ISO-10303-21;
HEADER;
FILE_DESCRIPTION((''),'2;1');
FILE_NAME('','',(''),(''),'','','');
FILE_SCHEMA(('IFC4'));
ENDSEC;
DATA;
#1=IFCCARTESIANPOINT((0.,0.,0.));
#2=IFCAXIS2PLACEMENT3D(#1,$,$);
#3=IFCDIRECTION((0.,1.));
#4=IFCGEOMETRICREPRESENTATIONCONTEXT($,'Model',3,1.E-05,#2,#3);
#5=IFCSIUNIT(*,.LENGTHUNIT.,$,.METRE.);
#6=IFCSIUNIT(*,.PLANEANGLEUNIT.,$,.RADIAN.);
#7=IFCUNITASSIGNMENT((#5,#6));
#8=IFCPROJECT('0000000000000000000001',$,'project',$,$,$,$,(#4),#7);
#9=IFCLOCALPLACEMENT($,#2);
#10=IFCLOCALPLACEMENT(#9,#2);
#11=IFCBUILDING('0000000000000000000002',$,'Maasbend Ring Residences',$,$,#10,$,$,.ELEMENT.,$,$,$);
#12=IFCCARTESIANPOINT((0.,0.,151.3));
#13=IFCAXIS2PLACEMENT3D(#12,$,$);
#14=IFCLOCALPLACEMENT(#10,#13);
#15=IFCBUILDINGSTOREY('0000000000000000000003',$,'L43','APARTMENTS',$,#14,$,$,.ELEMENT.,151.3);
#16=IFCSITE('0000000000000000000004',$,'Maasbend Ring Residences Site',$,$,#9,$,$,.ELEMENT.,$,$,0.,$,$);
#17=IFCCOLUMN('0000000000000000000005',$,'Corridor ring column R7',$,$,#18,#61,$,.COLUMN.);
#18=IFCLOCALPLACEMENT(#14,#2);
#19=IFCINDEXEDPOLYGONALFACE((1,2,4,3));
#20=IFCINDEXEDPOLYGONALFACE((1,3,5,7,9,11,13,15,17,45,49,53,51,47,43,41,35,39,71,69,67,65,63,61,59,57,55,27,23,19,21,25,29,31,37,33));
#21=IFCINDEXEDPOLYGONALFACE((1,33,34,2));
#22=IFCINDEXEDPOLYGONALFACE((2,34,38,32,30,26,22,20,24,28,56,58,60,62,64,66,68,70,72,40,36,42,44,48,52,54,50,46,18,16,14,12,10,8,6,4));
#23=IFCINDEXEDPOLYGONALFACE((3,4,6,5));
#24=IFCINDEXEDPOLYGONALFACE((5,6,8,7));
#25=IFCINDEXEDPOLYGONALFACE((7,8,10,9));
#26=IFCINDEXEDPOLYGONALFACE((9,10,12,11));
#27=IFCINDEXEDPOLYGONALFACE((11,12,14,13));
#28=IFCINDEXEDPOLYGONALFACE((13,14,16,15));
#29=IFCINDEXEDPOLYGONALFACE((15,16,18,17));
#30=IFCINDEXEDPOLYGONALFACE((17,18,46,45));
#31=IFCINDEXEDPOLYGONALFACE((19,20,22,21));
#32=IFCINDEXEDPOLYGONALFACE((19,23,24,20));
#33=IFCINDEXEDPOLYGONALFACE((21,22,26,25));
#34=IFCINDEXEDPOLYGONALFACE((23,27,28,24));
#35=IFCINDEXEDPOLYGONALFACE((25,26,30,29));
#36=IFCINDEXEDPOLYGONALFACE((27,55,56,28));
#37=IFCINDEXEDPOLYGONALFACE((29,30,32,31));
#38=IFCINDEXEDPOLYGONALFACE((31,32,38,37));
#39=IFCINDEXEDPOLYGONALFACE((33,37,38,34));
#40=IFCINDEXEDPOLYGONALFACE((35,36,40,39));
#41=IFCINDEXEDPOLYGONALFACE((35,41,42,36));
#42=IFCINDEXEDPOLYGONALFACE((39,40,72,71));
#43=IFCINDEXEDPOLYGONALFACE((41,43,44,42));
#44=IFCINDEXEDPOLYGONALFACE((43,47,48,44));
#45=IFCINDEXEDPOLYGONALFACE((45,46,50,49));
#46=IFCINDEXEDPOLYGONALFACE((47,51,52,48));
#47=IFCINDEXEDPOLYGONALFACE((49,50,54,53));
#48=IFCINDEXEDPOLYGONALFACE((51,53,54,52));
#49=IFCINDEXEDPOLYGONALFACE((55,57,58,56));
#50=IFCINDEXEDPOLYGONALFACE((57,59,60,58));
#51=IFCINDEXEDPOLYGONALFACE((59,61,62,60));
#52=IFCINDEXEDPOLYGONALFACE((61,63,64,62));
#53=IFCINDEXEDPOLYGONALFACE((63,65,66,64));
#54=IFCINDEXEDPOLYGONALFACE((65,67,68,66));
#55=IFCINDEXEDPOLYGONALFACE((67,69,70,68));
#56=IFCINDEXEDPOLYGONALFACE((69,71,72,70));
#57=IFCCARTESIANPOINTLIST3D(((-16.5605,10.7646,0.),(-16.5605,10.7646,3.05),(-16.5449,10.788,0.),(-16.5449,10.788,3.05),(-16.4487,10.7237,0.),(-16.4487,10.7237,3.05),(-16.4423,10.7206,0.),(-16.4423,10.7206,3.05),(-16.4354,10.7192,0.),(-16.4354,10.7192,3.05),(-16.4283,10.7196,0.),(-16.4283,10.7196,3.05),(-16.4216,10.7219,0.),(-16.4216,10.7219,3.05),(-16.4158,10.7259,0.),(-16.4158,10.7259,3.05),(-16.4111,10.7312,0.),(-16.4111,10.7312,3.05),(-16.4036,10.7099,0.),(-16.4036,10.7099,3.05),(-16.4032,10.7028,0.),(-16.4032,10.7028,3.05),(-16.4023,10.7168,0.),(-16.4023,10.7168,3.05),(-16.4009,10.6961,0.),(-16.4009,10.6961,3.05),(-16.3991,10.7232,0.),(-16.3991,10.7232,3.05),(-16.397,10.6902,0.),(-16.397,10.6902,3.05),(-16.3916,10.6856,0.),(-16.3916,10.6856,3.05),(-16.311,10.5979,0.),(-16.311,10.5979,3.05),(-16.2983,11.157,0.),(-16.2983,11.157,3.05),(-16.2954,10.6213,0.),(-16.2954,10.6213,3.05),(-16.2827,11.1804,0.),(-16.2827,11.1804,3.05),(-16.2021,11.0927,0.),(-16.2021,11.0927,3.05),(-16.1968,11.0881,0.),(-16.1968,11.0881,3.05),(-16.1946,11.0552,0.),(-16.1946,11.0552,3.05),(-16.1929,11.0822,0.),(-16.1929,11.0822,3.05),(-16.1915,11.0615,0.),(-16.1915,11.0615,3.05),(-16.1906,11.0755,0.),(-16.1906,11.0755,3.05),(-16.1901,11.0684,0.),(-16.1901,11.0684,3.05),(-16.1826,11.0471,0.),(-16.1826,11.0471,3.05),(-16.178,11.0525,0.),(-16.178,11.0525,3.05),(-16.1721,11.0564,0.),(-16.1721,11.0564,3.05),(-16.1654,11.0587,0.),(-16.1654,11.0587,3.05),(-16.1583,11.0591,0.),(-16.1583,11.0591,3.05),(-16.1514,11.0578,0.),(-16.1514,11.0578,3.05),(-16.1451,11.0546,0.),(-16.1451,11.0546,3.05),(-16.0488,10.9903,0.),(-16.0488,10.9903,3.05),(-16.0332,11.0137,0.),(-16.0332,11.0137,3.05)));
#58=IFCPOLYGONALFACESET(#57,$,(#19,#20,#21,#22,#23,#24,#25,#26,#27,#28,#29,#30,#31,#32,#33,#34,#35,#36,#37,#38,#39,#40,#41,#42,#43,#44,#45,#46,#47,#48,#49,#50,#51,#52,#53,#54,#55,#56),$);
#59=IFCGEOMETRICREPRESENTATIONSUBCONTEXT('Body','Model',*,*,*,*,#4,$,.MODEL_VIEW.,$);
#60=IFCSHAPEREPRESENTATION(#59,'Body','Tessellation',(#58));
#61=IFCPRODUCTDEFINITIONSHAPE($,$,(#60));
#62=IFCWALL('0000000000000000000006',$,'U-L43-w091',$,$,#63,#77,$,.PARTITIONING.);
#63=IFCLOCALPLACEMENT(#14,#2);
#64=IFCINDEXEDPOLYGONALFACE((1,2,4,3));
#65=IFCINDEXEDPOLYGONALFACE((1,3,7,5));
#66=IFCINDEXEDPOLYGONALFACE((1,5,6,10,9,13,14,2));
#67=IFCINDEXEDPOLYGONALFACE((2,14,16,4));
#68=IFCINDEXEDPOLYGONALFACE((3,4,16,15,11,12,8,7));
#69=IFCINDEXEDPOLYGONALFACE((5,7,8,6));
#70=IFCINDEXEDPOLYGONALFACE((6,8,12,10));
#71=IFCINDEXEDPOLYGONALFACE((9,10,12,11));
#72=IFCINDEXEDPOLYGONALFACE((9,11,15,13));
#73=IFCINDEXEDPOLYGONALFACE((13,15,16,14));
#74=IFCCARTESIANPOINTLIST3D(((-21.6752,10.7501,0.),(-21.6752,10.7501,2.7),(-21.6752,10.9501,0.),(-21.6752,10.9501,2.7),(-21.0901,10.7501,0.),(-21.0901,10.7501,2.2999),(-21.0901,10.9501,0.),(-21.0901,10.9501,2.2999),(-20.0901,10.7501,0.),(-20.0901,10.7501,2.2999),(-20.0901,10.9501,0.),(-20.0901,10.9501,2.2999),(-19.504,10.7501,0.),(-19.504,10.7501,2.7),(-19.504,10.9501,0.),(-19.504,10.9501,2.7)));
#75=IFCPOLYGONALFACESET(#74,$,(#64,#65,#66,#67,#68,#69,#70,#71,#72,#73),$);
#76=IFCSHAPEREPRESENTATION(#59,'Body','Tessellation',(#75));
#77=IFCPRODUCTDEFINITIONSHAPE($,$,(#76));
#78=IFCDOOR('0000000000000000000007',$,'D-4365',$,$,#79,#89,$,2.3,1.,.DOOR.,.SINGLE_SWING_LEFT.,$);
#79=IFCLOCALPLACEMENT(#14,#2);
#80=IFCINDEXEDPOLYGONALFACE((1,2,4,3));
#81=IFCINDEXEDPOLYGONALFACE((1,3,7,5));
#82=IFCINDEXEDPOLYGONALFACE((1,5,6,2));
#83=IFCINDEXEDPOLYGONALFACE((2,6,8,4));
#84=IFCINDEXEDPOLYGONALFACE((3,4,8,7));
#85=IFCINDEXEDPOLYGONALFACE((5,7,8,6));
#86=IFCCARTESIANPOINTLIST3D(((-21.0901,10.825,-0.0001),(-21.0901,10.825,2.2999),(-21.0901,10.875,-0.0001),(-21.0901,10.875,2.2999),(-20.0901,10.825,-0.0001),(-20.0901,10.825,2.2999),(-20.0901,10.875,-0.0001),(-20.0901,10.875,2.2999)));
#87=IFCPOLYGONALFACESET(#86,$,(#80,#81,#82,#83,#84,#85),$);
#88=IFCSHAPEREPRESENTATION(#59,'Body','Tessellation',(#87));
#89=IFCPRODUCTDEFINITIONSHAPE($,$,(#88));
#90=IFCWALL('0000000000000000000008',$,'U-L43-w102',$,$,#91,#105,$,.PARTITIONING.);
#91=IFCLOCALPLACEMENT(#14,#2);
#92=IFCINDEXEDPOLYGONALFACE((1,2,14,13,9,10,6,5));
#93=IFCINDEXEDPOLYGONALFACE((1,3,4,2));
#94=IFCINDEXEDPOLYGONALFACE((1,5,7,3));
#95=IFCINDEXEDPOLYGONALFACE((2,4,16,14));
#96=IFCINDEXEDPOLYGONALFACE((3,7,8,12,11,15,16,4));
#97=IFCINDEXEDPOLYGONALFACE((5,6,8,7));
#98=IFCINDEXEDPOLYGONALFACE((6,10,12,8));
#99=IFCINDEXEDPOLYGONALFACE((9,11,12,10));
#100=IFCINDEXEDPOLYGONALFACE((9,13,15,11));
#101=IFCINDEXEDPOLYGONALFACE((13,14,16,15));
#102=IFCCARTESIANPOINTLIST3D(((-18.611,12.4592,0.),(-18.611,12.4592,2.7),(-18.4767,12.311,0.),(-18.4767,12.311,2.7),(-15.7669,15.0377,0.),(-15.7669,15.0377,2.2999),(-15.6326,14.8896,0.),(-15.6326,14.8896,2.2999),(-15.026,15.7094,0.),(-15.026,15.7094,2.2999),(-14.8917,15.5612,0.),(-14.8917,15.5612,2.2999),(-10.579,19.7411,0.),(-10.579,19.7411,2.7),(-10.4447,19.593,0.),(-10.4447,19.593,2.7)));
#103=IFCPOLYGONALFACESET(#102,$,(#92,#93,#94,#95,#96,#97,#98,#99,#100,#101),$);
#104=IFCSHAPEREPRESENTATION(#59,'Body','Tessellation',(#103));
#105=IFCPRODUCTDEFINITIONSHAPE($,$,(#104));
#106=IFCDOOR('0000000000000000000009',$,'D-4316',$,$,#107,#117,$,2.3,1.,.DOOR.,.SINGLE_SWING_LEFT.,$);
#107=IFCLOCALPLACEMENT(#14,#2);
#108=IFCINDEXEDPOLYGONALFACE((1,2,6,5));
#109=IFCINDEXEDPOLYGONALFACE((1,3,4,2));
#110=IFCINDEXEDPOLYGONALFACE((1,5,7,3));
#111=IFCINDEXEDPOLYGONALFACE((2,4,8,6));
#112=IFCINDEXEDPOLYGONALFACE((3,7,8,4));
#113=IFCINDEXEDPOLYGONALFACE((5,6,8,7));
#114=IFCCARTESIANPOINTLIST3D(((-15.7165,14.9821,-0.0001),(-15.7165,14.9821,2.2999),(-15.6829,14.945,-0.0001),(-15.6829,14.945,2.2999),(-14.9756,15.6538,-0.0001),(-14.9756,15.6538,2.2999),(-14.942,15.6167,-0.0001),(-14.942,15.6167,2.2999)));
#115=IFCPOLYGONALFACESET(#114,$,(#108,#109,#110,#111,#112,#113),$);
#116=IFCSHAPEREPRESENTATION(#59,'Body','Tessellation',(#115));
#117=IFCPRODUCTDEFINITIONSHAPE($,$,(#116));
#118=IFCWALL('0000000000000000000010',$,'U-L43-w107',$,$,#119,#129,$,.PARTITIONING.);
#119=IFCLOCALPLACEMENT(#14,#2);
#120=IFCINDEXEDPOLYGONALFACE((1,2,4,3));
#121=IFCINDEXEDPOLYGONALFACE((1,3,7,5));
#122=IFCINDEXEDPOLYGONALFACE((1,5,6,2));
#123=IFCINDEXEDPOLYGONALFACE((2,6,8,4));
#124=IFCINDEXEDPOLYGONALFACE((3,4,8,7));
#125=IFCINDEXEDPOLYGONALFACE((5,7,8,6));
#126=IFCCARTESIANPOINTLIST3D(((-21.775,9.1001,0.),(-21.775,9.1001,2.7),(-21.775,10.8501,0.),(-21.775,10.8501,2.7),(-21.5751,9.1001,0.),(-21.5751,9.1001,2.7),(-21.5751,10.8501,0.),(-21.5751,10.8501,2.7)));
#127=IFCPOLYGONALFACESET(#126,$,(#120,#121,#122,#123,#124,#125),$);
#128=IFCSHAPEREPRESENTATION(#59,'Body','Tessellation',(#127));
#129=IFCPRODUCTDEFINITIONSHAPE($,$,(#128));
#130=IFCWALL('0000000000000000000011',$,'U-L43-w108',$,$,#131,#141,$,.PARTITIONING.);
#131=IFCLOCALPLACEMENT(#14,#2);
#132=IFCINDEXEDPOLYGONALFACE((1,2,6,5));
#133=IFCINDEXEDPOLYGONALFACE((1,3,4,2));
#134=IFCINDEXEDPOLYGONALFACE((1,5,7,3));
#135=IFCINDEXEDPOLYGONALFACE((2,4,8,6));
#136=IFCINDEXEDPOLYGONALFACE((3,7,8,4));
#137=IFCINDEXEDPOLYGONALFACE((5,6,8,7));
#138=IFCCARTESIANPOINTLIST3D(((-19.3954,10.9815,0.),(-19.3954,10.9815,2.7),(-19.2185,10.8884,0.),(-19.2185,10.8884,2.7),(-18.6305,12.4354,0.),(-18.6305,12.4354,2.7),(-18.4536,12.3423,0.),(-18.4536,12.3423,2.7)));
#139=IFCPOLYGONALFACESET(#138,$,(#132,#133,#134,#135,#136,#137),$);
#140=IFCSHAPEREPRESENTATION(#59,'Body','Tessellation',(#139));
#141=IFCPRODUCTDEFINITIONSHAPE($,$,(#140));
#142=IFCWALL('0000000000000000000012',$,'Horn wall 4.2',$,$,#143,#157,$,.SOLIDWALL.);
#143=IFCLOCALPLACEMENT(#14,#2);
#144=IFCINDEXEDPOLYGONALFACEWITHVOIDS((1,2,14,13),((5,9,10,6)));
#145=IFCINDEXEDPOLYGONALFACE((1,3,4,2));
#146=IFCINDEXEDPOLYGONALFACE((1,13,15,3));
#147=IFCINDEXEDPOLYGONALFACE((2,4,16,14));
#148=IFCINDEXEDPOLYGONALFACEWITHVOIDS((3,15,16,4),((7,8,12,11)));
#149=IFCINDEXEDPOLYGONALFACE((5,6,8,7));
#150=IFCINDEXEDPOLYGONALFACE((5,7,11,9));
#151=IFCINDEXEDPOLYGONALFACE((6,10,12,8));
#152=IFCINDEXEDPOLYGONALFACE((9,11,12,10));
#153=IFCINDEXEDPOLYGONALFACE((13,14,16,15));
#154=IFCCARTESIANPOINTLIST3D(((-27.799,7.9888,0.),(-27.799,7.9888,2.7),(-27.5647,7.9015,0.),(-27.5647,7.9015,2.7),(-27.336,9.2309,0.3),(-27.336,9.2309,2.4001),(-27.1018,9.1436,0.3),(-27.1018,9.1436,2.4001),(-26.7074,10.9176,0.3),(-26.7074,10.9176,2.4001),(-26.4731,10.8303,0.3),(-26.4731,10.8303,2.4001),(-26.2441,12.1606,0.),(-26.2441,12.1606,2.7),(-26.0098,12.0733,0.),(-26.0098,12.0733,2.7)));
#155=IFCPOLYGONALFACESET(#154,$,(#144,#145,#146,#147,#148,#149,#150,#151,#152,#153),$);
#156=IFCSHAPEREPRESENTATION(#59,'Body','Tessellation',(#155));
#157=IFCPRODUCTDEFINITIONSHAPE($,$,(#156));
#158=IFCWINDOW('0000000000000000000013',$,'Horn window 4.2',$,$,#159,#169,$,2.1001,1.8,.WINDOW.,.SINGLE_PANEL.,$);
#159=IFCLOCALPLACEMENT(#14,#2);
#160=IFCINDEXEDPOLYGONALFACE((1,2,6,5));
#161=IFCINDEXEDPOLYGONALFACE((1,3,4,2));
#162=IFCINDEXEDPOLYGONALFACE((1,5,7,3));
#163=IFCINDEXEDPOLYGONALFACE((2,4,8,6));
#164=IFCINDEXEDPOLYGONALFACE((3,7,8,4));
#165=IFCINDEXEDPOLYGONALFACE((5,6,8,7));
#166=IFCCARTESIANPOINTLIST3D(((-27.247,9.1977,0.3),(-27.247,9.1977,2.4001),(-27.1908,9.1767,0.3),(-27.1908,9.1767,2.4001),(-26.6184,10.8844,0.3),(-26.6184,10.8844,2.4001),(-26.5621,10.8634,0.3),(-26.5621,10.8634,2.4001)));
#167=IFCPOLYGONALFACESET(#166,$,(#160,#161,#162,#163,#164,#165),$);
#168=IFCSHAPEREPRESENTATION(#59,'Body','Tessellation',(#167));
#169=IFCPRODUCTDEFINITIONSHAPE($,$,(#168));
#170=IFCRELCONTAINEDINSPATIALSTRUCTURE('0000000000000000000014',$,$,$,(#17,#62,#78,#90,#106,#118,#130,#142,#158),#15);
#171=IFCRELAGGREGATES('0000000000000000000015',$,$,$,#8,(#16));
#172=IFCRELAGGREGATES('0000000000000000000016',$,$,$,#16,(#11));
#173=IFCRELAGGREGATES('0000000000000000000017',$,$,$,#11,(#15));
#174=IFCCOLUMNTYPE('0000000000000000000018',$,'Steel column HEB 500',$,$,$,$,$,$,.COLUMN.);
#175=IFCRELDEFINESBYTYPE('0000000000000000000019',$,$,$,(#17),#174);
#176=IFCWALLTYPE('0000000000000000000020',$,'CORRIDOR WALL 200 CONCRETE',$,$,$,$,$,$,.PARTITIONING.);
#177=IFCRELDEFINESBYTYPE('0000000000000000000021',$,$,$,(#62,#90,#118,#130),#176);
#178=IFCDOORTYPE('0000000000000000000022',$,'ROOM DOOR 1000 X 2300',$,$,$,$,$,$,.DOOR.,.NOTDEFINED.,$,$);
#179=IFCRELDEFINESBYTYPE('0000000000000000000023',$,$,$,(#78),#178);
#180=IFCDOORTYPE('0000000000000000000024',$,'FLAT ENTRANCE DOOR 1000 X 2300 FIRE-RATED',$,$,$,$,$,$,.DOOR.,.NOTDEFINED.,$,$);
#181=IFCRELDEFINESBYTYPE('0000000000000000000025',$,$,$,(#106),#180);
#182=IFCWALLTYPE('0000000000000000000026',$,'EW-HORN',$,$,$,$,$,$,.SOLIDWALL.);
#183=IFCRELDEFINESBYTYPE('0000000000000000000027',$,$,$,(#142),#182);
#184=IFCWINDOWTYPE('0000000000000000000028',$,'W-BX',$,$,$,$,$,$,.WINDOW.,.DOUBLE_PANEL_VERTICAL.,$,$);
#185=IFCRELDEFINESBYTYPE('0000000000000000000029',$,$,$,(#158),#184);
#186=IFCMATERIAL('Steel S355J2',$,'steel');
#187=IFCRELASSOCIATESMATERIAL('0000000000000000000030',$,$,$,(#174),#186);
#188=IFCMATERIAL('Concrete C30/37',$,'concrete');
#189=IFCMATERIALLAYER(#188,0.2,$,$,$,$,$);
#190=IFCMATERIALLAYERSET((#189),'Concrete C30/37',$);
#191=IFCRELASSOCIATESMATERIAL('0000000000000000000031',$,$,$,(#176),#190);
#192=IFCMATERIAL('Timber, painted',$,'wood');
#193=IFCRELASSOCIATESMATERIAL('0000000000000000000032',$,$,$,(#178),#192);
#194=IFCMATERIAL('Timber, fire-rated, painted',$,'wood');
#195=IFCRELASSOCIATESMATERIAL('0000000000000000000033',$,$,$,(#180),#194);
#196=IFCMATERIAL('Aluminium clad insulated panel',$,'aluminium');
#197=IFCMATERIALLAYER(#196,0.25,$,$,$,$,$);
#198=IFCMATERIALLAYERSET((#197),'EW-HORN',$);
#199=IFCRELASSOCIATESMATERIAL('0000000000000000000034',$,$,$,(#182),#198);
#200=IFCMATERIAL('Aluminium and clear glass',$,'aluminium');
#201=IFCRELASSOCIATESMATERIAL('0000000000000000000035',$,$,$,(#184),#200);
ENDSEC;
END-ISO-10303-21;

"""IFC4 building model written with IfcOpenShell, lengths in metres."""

from ifc_helpers import new_model, si_unit, direction, frame, frame_2d, origin, origin_2d, place, context, subcontext, project, spatial, rectangle, i_section, extrude, material, layer, layer_set, material_profile, profile_set, type_object, element, fill, save


model = new_model("IFC4")

# Units and contexts
model_context = context("Model", 3, precision=1e-05, world=origin(), true_north=direction((0.0, 1.0)))
body_context = subcontext(model_context, "Body", "Model", "MODEL_VIEW")
ifc_project = project(units=[si_unit("LENGTHUNIT", "METRE"), si_unit("PLANEANGLEUNIT", "RADIAN")], contexts=[model_context])

# Site, building, storey
site_placement = place(None, origin())
site = spatial("IfcSite", under=ifc_project, at=site_placement, Name="Maasbend Ring Residences Site", CompositionType="ELEMENT", RefElevation=0.0)
building_placement = place(site_placement, origin())
building = spatial("IfcBuilding", under=site, at=building_placement, Name="Maasbend Ring Residences", CompositionType="ELEMENT")
storey_placement = place(building_placement, frame((0.0, 0.0, 151.3)))
storey = spatial("IfcBuildingStorey", under=building, at=storey_placement, Name="L43", Description="APARTMENTS", CompositionType="ELEMENT", Elevation=151.3)

# Column
ifc_material_1 = material(Name="Steel S355J2", Category="steel")
ifc_material_profile = material_profile(ifc_material_1, i_section(OverallWidth=0.3, OverallDepth=0.5, WebThickness=0.0144, FlangeThickness=0.0281, FilletRadius=0.0271, at=origin_2d()), Name="HEB 500")
ifc_profile_set = profile_set([ifc_material_profile], Name="Steel S355J2")
column_type = type_object("IfcColumnType", Name="Steel column HEB 500", PredefinedType="COLUMN", material=ifc_profile_set)
column_placement = place(storey_placement, frame((-16.2969, 10.8892, 0.0), z_axis=(0.0, 0.0, 1.0), x_axis=(-0.83147, 0.55557, 0.0)))
element("IfcColumn", 1, at=column_placement, inside=storey, type_object=column_type, Name="Corridor ring column R7", PredefinedType="COLUMN", context=body_context, shape_type="SweptSolid", body=[
    extrude(i_section(OverallWidth=0.3, OverallDepth=0.5, WebThickness=0.0144, FlangeThickness=0.0281, FilletRadius=0.0271, at=origin_2d()), origin(), (0.0, 0.0, 1.0), 3.05),
])

# Walls, openings, doors
ifc_material_2 = material(Name="Concrete C30/37", Category="concrete")
ifc_layer_1 = layer(ifc_material_2, 0.2)
ifc_layer_set_1 = layer_set([ifc_layer_1], Name="Concrete C30/37")
wall_type_1 = type_object("IfcWallType", Name="CORRIDOR WALL 200 CONCRETE", PredefinedType="PARTITIONING", material=ifc_layer_set_1)
wall_1_placement = place(storey_placement, frame((-21.675, 10.8501, 0.0), z_axis=(0.0, 0.0, 1.0), x_axis=(1.0, 0.0, 0.0)))
wall_1 = element("IfcWall", 2, at=wall_1_placement, inside=storey, type_object=wall_type_1, Name="U-L43-w091", PredefinedType="PARTITIONING", context=body_context, shape_type="SweptSolid", body=[
    extrude(rectangle(XDim=2.1711, YDim=0.2, at=frame_2d((1.0854, 0.0))), origin(), (0.0, 0.0, 1.0), 2.7),
])
opening_1_placement = place(wall_1_placement, frame((0.585, 0.0, 0.0)))
opening_1 = element("IfcOpeningElement", 3, at=opening_1_placement, cuts=wall_1, PredefinedType="OPENING", context=body_context, shape_type="SweptSolid", body=[
    extrude(rectangle(XDim=1.0, YDim=2.3, at=frame_2d((0.5, 1.1499))), frame((0.0, 0.1099, 0.0), z_axis=(0.0, -1.0, 0.0), x_axis=(1.0, 0.0, 0.0)), (0.0, 0.0, 1.0), 0.22),
])
ifc_material_3 = material(Name="Timber, painted", Category="wood")
door_type_1 = type_object("IfcDoorType", Name="ROOM DOOR 1000 X 2300", OperationType="NOTDEFINED", PredefinedType="DOOR", material=ifc_material_3)
door_1_placement = place(opening_1_placement, origin())
door_1 = element("IfcDoor", 4, at=door_1_placement, inside=storey, type_object=door_type_1, Name="D-4365", OperationType="SINGLE_SWING_LEFT", OverallHeight=2.3, OverallWidth=1.0, PredefinedType="DOOR", context=body_context, shape_type="SweptSolid", body=[
    extrude(rectangle(XDim=1.0, YDim=2.3, at=frame_2d((0.5, 1.1499))), frame((0.0, 0.0249, 0.0), z_axis=(0.0, -1.0, 0.0), x_axis=(1.0, 0.0, 0.0)), (0.0, 0.0, 1.0), 0.05),
])
fill(opening_1, door_1)
wall_2_placement = place(storey_placement, frame((-18.5439, 12.385, 0.0), z_axis=(0.0, 0.0, 1.0), x_axis=(0.740849, 0.671671, 0.0)))
wall_2 = element("IfcWall", 5, at=wall_2_placement, inside=storey, type_object=wall_type_1, Name="U-L43-w102", PredefinedType="PARTITIONING", context=body_context, shape_type="SweptSolid", body=[
    extrude(rectangle(XDim=10.8416, YDim=0.2, at=frame_2d((5.4209, 0.0))), origin(), (0.0, 0.0, 1.0), 2.7),
])
opening_2_placement = place(wall_2_placement, frame((3.8391, 0.0, 0.0)))
opening_2 = element("IfcOpeningElement", 6, at=opening_2_placement, cuts=wall_2, PredefinedType="OPENING", context=body_context, shape_type="SweptSolid", body=[
    extrude(rectangle(XDim=1.0, YDim=2.3, at=frame_2d((0.5, 1.1499))), frame((0.0, 0.1099, 0.0), z_axis=(0.0, -1.0, 0.0), x_axis=(1.0, 0.0, 0.0)), (0.0, 0.0, 1.0), 0.22),
])
ifc_material_4 = material(Name="Timber, fire-rated, painted", Category="wood")
door_type_2 = type_object("IfcDoorType", Name="FLAT ENTRANCE DOOR 1000 X 2300 FIRE-RATED", OperationType="NOTDEFINED", PredefinedType="DOOR", material=ifc_material_4)
door_2_placement = place(opening_2_placement, origin())
door_2 = element("IfcDoor", 7, at=door_2_placement, inside=storey, type_object=door_type_2, Name="D-4316", OperationType="SINGLE_SWING_LEFT", OverallHeight=2.3, OverallWidth=1.0, PredefinedType="DOOR", context=body_context, shape_type="SweptSolid", body=[
    extrude(rectangle(XDim=1.0, YDim=2.3, at=frame_2d((0.5, 1.1499))), frame((0.0, 0.0249, 0.0), z_axis=(0.0, -1.0, 0.0), x_axis=(1.0, 0.0, 0.0)), (0.0, 0.0, 1.0), 0.05),
])
fill(opening_2, door_2)

# Walls
wall_3_placement = place(storey_placement, frame((-21.675, 9.1001, 0.0), z_axis=(0.0, 0.0, 1.0), x_axis=(0.0, 1.0, 0.0)))
element("IfcWall", 8, at=wall_3_placement, inside=storey, type_object=wall_type_1, Name="U-L43-w107", PredefinedType="PARTITIONING", context=body_context, shape_type="SweptSolid", body=[
    extrude(rectangle(XDim=1.75, YDim=0.2, at=frame_2d((0.875, 0.0))), origin(), (0.0, 0.0, 1.0), 2.7),
])
wall_4_placement = place(storey_placement, frame((-19.3069, 10.9351, 0.0), z_axis=(0.0, 0.0, 1.0), x_axis=(0.465606, 0.884992, 0.0)))
element("IfcWall", 9, at=wall_4_placement, inside=storey, type_object=wall_type_1, Name="U-L43-w108", PredefinedType="PARTITIONING", context=body_context, shape_type="SweptSolid", body=[
    extrude(rectangle(XDim=1.6428, YDim=0.2, at=frame_2d((0.8213, 0.0))), origin(), (0.0, 0.0, 1.0), 2.7),
])

# Wall, opening, window
ifc_material_5 = material(Name="Aluminium clad insulated panel", Category="aluminium")
ifc_layer_2 = layer(ifc_material_5, 0.25)
ifc_layer_set_2 = layer_set([ifc_layer_2], Name="EW-HORN")
wall_type_2 = type_object("IfcWallType", Name="EW-HORN", PredefinedType="SOLIDWALL", material=ifc_layer_set_2)
wall_5_placement = place(storey_placement, frame((-26.127, 12.1169, 0.0), z_axis=(0.0, 0.0, 1.0), x_axis=(-0.349248, -0.93703, 0.0)))
wall_5 = element("IfcWall", 10, at=wall_5_placement, inside=storey, type_object=wall_type_2, Name="Horn wall 4.2", PredefinedType="SOLIDWALL", context=body_context, shape_type="SweptSolid", body=[
    extrude(rectangle(XDim=4.4521, YDim=0.25, at=frame_2d((2.2261, 0.0))), origin(), (0.0, 0.0, 1.0), 2.7),
])
opening_3_placement = place(wall_5_placement, frame((1.3267, 0.0, 0.3)))
opening_3 = element("IfcOpeningElement", 11, at=opening_3_placement, cuts=wall_5, PredefinedType="OPENING", context=body_context, shape_type="SweptSolid", body=[
    extrude(rectangle(XDim=1.8, YDim=2.1001, at=frame_2d((0.8999, 1.05))), frame((0.0, 0.135, 0.0), z_axis=(0.0, -1.0, 0.0), x_axis=(1.0, 0.0, 0.0)), (0.0, 0.0, 1.0), 0.27),
])
ifc_material_6 = material(Name="Aluminium and clear glass", Category="aluminium")
window_type_1 = type_object("IfcWindowType", Name="W-BX", PartitioningType="DOUBLE_PANEL_VERTICAL", PredefinedType="WINDOW", material=ifc_material_6)
window_1_placement = place(opening_3_placement, origin())
window_1 = element("IfcWindow", 12, at=window_1_placement, inside=storey, type_object=window_type_1, Name="Horn window 4.2", OverallHeight=2.1001, OverallWidth=1.8, PartitioningType="SINGLE_PANEL", PredefinedType="WINDOW", context=body_context, shape_type="SweptSolid", body=[
    extrude(rectangle(XDim=1.8, YDim=2.1001, at=frame_2d((0.8999, 1.05))), frame((0.0, 0.03, 0.0), z_axis=(0.0, -1.0, 0.0), x_axis=(1.0, 0.0, 0.0)), (0.0, 0.0, 1.0), 0.0601),
])
fill(opening_3, window_1)

save(model, "model.ifc")
